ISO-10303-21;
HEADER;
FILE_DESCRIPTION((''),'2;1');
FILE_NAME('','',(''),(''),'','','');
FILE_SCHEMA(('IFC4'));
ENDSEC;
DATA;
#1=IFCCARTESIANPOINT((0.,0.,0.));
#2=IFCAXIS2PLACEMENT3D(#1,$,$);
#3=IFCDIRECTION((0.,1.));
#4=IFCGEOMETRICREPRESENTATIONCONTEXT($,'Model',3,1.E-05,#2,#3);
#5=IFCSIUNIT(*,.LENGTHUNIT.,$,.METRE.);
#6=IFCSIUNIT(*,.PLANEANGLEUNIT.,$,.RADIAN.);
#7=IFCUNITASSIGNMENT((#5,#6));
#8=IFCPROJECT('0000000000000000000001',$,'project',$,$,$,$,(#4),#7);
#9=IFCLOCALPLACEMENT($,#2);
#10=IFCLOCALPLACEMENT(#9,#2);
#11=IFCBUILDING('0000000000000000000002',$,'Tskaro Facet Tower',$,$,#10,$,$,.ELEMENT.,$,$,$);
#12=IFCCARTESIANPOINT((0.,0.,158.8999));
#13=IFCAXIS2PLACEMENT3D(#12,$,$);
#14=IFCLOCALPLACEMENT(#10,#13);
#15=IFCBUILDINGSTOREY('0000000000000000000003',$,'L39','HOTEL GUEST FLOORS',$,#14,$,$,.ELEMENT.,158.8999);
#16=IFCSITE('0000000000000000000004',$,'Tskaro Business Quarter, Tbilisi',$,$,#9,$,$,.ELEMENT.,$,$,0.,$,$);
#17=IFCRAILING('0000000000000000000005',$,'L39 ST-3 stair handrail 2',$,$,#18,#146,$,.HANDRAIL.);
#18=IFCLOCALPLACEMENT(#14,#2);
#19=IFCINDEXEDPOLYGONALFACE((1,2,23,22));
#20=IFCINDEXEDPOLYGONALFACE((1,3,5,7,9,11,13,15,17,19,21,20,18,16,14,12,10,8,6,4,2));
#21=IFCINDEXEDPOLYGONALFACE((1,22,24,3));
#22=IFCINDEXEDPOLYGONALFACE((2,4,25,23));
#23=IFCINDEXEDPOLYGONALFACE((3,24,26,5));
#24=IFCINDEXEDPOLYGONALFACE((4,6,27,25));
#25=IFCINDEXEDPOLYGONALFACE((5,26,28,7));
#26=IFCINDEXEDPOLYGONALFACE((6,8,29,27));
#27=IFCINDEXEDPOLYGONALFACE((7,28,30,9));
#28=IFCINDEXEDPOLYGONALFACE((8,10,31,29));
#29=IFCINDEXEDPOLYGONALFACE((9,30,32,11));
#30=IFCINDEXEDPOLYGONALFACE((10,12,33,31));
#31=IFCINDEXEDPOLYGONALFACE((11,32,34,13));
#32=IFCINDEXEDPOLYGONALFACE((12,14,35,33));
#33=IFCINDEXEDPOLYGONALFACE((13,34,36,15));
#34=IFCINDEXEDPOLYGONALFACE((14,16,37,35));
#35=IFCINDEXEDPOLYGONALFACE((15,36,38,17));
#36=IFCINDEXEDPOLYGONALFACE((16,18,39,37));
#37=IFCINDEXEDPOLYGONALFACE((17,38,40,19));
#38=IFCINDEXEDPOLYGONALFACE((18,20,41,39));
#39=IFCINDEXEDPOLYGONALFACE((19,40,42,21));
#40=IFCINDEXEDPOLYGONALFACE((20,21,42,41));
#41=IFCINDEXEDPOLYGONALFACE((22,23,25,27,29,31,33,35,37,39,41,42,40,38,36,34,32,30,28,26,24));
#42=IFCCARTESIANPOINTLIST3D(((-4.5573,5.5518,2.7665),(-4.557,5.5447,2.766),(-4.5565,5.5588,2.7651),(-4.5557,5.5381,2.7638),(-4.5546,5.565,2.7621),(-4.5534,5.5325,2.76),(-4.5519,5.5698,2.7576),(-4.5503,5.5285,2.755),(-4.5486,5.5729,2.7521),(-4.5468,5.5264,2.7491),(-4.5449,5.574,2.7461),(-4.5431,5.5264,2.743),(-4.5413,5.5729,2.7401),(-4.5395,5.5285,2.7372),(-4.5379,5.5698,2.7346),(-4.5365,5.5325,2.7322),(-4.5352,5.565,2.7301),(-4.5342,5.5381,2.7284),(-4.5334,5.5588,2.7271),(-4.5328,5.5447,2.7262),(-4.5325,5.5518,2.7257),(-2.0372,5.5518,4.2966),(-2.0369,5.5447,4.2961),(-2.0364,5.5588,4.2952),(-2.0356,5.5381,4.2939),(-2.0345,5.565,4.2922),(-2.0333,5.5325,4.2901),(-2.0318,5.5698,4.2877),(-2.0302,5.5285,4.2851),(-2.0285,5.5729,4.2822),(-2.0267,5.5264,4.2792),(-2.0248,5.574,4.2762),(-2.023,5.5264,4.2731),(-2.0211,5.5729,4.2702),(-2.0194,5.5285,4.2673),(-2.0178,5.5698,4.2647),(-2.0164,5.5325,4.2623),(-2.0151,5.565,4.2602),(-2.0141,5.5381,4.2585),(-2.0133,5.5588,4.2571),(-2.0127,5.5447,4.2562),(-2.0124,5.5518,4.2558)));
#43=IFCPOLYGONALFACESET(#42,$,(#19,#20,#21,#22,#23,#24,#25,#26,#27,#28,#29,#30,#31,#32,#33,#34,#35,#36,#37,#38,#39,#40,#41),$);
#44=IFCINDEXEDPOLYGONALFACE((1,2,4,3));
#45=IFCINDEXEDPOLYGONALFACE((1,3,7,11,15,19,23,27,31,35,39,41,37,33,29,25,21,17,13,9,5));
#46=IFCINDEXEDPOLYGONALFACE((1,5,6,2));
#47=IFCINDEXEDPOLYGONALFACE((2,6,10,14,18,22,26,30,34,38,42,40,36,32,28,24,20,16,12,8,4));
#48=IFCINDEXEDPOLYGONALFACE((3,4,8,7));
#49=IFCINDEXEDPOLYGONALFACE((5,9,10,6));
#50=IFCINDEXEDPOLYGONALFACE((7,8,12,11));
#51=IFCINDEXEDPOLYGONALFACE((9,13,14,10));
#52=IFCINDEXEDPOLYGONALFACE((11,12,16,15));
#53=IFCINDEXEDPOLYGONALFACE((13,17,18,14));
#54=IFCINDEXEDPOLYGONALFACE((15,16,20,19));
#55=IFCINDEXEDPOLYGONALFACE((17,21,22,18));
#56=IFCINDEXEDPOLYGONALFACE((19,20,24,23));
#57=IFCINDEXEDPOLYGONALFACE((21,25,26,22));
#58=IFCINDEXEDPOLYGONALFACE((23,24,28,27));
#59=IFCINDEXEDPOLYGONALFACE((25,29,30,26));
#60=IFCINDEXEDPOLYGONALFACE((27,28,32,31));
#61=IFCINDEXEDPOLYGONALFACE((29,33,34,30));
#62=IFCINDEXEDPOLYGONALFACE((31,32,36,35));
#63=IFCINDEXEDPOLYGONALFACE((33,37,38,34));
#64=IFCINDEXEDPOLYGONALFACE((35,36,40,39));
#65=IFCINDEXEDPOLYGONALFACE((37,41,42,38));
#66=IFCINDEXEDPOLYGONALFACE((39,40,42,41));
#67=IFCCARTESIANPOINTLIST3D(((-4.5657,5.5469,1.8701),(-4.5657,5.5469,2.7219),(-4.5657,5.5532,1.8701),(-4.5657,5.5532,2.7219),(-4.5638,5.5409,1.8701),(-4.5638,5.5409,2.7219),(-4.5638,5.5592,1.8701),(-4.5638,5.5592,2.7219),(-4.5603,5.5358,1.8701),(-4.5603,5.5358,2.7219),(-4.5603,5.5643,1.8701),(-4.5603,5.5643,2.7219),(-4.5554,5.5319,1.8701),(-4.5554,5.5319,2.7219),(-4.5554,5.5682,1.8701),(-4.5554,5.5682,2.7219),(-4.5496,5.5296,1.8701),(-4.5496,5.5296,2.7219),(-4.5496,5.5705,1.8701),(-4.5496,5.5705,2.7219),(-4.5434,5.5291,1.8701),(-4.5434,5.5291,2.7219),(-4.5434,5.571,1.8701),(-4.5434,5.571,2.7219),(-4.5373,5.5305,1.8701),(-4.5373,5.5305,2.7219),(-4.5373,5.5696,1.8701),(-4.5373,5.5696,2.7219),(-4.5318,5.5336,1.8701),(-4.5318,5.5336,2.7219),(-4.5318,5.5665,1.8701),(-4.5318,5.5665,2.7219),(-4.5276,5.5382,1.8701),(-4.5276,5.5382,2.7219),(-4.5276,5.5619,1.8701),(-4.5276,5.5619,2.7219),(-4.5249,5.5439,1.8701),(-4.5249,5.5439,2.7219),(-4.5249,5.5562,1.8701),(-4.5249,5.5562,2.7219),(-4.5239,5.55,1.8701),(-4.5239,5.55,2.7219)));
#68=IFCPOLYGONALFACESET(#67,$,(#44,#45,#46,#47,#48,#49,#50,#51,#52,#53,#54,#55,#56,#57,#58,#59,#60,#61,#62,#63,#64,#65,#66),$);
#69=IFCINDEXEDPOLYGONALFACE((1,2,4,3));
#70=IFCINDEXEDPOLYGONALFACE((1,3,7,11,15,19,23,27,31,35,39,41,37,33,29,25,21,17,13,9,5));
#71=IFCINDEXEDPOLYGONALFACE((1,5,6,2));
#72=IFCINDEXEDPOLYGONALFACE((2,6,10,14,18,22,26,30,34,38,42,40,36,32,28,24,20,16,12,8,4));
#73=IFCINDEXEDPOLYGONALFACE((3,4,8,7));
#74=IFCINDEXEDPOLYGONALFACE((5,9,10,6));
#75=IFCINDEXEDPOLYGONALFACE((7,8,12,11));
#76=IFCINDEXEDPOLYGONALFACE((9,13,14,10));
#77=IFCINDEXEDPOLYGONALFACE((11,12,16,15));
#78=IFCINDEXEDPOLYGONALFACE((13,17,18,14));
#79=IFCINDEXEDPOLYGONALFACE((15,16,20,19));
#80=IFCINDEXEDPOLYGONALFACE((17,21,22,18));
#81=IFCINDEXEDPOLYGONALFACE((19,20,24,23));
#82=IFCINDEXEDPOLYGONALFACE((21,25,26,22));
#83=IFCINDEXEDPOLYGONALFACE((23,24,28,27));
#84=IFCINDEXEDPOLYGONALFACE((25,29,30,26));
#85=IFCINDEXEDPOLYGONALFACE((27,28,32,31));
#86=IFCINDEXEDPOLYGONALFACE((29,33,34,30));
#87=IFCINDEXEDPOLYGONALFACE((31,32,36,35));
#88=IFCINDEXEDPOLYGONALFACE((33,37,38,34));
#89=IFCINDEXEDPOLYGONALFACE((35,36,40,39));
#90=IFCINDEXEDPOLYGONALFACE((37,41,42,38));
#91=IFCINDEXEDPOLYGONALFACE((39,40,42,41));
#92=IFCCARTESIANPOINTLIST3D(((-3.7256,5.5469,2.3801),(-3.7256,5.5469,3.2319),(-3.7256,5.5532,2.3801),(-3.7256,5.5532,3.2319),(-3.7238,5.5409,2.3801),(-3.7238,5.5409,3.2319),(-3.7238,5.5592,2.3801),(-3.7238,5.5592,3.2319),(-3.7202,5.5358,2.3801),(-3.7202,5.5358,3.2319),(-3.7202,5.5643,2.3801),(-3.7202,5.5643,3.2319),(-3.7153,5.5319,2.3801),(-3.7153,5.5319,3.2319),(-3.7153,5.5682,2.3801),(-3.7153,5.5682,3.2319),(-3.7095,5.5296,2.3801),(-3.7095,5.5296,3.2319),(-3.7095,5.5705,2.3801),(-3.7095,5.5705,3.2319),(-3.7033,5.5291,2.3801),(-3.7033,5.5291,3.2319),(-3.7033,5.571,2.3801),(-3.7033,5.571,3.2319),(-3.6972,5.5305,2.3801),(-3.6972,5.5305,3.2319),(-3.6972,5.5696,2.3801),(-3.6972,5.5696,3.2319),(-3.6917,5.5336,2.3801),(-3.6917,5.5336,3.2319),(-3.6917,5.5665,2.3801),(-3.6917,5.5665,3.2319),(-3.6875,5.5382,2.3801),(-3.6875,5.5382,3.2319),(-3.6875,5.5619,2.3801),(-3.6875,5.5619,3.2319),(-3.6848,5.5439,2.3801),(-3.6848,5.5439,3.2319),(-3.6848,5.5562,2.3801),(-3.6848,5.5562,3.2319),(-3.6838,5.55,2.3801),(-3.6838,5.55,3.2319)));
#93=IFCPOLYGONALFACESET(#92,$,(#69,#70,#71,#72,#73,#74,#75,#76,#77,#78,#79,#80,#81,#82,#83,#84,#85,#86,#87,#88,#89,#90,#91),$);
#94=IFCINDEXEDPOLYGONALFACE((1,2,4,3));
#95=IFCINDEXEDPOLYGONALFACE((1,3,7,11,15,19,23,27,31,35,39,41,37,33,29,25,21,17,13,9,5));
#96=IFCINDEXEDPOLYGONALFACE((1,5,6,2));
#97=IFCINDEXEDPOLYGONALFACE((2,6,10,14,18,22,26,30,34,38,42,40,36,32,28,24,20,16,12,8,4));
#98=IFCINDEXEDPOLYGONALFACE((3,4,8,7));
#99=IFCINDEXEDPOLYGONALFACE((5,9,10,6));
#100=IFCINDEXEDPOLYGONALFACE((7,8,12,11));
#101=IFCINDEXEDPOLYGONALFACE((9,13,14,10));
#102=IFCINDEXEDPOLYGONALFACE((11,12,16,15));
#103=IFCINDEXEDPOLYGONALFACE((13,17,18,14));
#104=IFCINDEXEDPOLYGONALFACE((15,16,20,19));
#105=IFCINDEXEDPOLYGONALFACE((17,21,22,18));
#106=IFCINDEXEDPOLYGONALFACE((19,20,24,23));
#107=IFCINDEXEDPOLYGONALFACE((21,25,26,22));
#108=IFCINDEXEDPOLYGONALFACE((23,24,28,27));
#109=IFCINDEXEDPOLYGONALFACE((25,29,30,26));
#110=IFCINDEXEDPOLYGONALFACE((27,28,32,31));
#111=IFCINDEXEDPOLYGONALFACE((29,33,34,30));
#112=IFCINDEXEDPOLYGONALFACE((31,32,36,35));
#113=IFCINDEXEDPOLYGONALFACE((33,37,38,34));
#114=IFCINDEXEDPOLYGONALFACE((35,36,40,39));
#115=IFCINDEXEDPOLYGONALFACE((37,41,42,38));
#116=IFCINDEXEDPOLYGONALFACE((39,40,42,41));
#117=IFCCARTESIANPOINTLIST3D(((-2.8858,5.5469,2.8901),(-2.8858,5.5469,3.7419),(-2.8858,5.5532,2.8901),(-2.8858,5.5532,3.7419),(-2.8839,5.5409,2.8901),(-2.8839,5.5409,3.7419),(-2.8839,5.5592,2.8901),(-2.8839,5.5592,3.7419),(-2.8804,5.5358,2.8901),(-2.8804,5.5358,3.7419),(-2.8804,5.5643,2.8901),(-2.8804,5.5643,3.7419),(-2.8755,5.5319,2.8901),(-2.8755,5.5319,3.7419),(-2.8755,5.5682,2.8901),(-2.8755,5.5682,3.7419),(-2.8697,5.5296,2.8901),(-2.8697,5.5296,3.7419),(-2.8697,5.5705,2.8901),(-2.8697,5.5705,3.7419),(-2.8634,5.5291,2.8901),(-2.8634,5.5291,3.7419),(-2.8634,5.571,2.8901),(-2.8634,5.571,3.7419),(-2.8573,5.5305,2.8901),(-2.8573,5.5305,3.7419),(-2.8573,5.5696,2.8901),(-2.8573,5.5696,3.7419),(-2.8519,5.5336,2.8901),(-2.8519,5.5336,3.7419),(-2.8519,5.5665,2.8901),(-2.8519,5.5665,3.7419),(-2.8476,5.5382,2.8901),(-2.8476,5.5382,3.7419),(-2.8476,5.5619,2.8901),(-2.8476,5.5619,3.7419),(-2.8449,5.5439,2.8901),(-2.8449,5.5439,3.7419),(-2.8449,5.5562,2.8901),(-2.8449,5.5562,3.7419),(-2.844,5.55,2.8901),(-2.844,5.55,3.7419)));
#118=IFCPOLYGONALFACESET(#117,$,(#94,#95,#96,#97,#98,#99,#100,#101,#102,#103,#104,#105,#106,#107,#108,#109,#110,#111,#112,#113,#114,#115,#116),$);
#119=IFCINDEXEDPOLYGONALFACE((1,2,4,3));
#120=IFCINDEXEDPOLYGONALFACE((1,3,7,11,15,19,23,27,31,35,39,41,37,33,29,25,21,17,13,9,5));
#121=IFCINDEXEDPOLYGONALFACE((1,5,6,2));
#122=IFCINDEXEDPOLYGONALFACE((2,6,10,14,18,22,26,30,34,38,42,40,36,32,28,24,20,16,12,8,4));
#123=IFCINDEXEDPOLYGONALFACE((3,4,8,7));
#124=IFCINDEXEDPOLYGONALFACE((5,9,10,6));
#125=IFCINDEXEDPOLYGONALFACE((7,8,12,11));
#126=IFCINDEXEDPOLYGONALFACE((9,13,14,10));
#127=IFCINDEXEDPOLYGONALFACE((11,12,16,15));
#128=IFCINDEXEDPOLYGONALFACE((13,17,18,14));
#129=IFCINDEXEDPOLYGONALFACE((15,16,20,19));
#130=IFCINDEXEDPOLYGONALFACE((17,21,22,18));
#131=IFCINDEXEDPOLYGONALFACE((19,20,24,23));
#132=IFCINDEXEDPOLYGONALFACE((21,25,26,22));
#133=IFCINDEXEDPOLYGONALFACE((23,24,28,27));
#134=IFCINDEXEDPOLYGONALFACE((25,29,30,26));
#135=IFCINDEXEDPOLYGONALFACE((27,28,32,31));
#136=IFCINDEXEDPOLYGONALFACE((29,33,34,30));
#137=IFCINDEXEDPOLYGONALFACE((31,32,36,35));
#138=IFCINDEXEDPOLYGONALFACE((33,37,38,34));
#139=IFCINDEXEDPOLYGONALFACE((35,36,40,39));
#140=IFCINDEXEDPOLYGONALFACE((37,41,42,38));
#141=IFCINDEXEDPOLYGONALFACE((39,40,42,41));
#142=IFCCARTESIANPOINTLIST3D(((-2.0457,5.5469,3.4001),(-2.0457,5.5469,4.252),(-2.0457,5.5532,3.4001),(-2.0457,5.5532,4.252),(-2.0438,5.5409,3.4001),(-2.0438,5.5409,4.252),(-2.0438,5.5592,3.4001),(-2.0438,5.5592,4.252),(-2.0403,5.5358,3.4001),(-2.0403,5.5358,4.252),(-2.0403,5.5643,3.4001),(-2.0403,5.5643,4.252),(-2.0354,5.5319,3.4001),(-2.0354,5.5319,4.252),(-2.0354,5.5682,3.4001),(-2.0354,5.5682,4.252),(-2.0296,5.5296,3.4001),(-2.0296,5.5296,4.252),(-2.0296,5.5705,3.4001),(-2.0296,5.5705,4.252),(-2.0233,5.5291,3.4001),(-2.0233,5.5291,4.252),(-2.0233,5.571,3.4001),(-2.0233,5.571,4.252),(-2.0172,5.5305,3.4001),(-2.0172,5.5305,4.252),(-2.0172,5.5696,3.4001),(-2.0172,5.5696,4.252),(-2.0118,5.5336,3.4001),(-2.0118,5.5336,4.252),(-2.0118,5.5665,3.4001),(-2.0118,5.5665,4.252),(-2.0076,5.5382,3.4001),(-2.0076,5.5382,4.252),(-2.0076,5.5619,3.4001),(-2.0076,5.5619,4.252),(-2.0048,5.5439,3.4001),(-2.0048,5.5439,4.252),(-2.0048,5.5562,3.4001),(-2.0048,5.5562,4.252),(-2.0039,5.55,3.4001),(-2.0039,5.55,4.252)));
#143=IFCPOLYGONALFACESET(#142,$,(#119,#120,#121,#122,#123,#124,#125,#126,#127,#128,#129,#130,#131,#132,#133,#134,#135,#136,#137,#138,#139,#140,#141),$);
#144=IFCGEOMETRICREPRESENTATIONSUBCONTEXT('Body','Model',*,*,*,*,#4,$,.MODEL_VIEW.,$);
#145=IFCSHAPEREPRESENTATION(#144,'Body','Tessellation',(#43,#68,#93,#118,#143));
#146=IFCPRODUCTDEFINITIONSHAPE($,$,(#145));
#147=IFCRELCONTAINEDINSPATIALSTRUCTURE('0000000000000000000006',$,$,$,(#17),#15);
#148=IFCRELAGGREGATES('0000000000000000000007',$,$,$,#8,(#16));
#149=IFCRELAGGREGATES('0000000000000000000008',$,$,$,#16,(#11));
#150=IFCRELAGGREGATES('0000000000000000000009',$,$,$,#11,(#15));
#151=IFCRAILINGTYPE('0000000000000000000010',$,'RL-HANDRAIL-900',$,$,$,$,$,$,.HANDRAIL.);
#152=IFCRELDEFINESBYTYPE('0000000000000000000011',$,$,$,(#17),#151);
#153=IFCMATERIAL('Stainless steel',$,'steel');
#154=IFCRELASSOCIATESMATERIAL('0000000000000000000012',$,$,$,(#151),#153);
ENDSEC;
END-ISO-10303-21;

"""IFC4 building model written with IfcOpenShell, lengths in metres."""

from ifc_helpers import new_model, si_unit, direction, frame, origin, origin_2d, place, context, subcontext, project, spatial, circle, extrude, material, type_object, element, save


model = new_model("IFC4")

# Units and contexts
model_context = context("Model", 3, precision=1e-05, world=origin(), true_north=direction((0.0, 1.0)))
body_context = subcontext(model_context, "Body", "Model", "MODEL_VIEW")
ifc_project = project(units=[si_unit("LENGTHUNIT", "METRE"), si_unit("PLANEANGLEUNIT", "RADIAN")], contexts=[model_context])

# Site, building, storey
site_placement = place(None, origin())
site = spatial("IfcSite", under=ifc_project, at=site_placement, Name="Tskaro Business Quarter, Tbilisi", CompositionType="ELEMENT", RefElevation=0.0)
building_placement = place(site_placement, origin())
building = spatial("IfcBuilding", under=site, at=building_placement, Name="Tskaro Facet Tower", CompositionType="ELEMENT")
storey_placement = place(building_placement, frame((0.0, 0.0, 158.8999)))
storey = spatial("IfcBuildingStorey", under=building, at=storey_placement, Name="L39", Description="HOTEL GUEST FLOORS", CompositionType="ELEMENT", Elevation=158.8999)

# Railing
ifc_material_1 = material(Name="Stainless steel", Category="steel")
railing_type_1 = type_object("IfcRailingType", Name="RL-HANDRAIL-900", PredefinedType="HANDRAIL", material=ifc_material_1)
railing_1_placement = place(storey_placement, frame((-4.5449, 5.55, 1.8701)))
element("IfcRailing", 1, at=railing_1_placement, inside=storey, type_object=railing_type_1, Name="L39 ST-3 stair handrail 2", PredefinedType="HANDRAIL", context=body_context, shape_type="SweptSolid", body=[
    extrude(circle(Radius=0.0239, at=origin_2d()), frame((0.0, 0.0, 0.876), z_axis=(0.854785, 0.0, 0.518982), x_axis=(0.0, 1.0, 0.0)), (0.0, 0.0, 1.0), 2.9482),
    extrude(circle(Radius=0.021, at=origin_2d()), origin(), (0.0, 0.0, 1.0), 0.8518),
    extrude(circle(Radius=0.021, at=origin_2d()), frame((0.8401, 0.0, 0.51)), (0.0, 0.0, 1.0), 0.8518),
    extrude(circle(Radius=0.021, at=origin_2d()), frame((1.6799, 0.0, 1.02)), (0.0, 0.0, 1.0), 0.8518),
    extrude(circle(Radius=0.021, at=origin_2d()), frame((2.52, 0.0, 1.53)), (0.0, 0.0, 1.0), 0.8518),
])

save(model, "model.ifc")
